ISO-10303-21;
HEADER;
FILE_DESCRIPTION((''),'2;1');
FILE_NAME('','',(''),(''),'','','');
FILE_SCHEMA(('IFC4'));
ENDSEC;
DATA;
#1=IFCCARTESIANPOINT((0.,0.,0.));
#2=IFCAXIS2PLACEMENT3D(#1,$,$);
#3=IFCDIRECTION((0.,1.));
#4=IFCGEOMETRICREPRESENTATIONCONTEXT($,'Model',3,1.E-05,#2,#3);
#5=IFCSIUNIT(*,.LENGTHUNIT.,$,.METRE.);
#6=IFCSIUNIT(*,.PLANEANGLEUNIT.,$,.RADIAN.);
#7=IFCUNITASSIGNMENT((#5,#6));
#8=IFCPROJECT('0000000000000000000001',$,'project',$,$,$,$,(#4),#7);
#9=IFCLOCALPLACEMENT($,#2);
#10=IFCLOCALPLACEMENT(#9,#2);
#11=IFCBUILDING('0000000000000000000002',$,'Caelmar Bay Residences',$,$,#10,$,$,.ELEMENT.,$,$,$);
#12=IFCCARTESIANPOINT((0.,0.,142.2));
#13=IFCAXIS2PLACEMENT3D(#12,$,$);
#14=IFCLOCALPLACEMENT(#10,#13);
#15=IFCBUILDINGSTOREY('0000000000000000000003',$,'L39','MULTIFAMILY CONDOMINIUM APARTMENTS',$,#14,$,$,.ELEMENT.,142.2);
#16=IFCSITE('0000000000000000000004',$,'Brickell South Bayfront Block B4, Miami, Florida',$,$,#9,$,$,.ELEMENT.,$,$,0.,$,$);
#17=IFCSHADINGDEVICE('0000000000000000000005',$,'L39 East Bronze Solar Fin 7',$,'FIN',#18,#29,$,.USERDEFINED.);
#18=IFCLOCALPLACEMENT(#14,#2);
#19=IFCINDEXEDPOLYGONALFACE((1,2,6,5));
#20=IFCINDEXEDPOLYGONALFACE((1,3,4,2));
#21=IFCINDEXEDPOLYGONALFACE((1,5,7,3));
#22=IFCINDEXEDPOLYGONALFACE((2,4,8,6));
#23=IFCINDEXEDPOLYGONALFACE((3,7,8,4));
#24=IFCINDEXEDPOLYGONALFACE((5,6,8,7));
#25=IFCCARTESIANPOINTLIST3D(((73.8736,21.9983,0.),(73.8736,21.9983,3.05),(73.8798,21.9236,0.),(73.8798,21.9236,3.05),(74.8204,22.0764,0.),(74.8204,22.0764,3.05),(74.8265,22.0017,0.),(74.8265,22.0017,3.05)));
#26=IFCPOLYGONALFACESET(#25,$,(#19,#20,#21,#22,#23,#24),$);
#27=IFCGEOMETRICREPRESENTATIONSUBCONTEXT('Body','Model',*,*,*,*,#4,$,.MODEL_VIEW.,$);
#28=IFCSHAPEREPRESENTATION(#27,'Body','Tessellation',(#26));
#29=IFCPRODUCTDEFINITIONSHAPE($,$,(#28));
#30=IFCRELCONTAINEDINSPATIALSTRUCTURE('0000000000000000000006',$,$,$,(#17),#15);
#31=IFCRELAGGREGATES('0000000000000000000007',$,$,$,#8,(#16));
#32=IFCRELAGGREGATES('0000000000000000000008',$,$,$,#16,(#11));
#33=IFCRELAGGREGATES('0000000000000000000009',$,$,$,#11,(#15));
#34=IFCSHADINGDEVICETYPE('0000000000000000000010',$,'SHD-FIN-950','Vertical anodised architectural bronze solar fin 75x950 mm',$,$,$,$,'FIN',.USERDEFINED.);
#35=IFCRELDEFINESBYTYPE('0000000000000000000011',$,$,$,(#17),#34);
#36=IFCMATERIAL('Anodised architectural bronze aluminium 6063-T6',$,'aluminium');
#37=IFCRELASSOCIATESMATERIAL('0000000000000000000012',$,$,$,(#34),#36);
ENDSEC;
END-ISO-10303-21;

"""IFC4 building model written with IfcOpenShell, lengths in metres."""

from ifc_helpers import new_model, si_unit, direction, frame, origin, origin_2d, place, context, subcontext, project, spatial, rectangle, extrude, material, material_profile, profile_set, type_object, element, save


model = new_model("IFC4")

# Units and contexts
model_context = context("Model", 3, precision=1e-05, world=origin(), true_north=direction((0.0, 1.0)))
body_context = subcontext(model_context, "Body", "Model", "MODEL_VIEW")
ifc_project = project(units=[si_unit("LENGTHUNIT", "METRE"), si_unit("PLANEANGLEUNIT", "RADIAN")], contexts=[model_context])

# Site, building, storey
site_placement = place(None, origin())
site = spatial("IfcSite", under=ifc_project, at=site_placement, Name="Brickell South Bayfront Block B4, Miami, Florida", CompositionType="ELEMENT", RefElevation=0.0)
building_placement = place(site_placement, origin())
building = spatial("IfcBuilding", under=site, at=building_placement, Name="Caelmar Bay Residences", CompositionType="ELEMENT")
storey_placement = place(building_placement, frame((0.0, 0.0, 142.2)))
storey = spatial("IfcBuildingStorey", under=building, at=storey_placement, Name="L39", Description="MULTIFAMILY CONDOMINIUM APARTMENTS", CompositionType="ELEMENT", Elevation=142.2)

# Shading device
ifc_material_1 = material(Name="Anodised architectural bronze aluminium 6063-T6", Category="aluminium")
ifc_material_profile_1 = material_profile(ifc_material_1, rectangle(XDim=0.075, YDim=0.95, at=origin_2d()), Name="BRONZE-FIN-75X950")
ifc_profile_set_1 = profile_set([ifc_material_profile_1], Name="Anodised architectural bronze aluminium 6063-T6")
shading_device_type = type_object("IfcShadingDeviceType", Name="SHD-FIN-950", Description="Vertical anodised architectural bronze solar fin 75x950 mm", ElementType="FIN", PredefinedType="USERDEFINED", material=ifc_profile_set_1)
for number, where, z_axis, x_axis, name in (
    (1, (74.3501, 22.0, 0.0), (0.0, 0.0, 1.0), (-0.082112, 0.996623, 0.0), "L39 East Bronze Solar Fin 7"),
):
    element("IfcShadingDevice", number, at=place(storey_placement, frame(where, z_axis=z_axis, x_axis=x_axis)), inside=storey, type_object=shading_device_type, Name=name, ObjectType="FIN", PredefinedType="USERDEFINED", context=body_context, shape_type="SweptSolid", body=[
        extrude(rectangle(XDim=0.075, YDim=0.95, at=origin_2d()), origin(), (0.0, 0.0, 1.0), 3.05),
    ])

save(model, "model.ifc")
